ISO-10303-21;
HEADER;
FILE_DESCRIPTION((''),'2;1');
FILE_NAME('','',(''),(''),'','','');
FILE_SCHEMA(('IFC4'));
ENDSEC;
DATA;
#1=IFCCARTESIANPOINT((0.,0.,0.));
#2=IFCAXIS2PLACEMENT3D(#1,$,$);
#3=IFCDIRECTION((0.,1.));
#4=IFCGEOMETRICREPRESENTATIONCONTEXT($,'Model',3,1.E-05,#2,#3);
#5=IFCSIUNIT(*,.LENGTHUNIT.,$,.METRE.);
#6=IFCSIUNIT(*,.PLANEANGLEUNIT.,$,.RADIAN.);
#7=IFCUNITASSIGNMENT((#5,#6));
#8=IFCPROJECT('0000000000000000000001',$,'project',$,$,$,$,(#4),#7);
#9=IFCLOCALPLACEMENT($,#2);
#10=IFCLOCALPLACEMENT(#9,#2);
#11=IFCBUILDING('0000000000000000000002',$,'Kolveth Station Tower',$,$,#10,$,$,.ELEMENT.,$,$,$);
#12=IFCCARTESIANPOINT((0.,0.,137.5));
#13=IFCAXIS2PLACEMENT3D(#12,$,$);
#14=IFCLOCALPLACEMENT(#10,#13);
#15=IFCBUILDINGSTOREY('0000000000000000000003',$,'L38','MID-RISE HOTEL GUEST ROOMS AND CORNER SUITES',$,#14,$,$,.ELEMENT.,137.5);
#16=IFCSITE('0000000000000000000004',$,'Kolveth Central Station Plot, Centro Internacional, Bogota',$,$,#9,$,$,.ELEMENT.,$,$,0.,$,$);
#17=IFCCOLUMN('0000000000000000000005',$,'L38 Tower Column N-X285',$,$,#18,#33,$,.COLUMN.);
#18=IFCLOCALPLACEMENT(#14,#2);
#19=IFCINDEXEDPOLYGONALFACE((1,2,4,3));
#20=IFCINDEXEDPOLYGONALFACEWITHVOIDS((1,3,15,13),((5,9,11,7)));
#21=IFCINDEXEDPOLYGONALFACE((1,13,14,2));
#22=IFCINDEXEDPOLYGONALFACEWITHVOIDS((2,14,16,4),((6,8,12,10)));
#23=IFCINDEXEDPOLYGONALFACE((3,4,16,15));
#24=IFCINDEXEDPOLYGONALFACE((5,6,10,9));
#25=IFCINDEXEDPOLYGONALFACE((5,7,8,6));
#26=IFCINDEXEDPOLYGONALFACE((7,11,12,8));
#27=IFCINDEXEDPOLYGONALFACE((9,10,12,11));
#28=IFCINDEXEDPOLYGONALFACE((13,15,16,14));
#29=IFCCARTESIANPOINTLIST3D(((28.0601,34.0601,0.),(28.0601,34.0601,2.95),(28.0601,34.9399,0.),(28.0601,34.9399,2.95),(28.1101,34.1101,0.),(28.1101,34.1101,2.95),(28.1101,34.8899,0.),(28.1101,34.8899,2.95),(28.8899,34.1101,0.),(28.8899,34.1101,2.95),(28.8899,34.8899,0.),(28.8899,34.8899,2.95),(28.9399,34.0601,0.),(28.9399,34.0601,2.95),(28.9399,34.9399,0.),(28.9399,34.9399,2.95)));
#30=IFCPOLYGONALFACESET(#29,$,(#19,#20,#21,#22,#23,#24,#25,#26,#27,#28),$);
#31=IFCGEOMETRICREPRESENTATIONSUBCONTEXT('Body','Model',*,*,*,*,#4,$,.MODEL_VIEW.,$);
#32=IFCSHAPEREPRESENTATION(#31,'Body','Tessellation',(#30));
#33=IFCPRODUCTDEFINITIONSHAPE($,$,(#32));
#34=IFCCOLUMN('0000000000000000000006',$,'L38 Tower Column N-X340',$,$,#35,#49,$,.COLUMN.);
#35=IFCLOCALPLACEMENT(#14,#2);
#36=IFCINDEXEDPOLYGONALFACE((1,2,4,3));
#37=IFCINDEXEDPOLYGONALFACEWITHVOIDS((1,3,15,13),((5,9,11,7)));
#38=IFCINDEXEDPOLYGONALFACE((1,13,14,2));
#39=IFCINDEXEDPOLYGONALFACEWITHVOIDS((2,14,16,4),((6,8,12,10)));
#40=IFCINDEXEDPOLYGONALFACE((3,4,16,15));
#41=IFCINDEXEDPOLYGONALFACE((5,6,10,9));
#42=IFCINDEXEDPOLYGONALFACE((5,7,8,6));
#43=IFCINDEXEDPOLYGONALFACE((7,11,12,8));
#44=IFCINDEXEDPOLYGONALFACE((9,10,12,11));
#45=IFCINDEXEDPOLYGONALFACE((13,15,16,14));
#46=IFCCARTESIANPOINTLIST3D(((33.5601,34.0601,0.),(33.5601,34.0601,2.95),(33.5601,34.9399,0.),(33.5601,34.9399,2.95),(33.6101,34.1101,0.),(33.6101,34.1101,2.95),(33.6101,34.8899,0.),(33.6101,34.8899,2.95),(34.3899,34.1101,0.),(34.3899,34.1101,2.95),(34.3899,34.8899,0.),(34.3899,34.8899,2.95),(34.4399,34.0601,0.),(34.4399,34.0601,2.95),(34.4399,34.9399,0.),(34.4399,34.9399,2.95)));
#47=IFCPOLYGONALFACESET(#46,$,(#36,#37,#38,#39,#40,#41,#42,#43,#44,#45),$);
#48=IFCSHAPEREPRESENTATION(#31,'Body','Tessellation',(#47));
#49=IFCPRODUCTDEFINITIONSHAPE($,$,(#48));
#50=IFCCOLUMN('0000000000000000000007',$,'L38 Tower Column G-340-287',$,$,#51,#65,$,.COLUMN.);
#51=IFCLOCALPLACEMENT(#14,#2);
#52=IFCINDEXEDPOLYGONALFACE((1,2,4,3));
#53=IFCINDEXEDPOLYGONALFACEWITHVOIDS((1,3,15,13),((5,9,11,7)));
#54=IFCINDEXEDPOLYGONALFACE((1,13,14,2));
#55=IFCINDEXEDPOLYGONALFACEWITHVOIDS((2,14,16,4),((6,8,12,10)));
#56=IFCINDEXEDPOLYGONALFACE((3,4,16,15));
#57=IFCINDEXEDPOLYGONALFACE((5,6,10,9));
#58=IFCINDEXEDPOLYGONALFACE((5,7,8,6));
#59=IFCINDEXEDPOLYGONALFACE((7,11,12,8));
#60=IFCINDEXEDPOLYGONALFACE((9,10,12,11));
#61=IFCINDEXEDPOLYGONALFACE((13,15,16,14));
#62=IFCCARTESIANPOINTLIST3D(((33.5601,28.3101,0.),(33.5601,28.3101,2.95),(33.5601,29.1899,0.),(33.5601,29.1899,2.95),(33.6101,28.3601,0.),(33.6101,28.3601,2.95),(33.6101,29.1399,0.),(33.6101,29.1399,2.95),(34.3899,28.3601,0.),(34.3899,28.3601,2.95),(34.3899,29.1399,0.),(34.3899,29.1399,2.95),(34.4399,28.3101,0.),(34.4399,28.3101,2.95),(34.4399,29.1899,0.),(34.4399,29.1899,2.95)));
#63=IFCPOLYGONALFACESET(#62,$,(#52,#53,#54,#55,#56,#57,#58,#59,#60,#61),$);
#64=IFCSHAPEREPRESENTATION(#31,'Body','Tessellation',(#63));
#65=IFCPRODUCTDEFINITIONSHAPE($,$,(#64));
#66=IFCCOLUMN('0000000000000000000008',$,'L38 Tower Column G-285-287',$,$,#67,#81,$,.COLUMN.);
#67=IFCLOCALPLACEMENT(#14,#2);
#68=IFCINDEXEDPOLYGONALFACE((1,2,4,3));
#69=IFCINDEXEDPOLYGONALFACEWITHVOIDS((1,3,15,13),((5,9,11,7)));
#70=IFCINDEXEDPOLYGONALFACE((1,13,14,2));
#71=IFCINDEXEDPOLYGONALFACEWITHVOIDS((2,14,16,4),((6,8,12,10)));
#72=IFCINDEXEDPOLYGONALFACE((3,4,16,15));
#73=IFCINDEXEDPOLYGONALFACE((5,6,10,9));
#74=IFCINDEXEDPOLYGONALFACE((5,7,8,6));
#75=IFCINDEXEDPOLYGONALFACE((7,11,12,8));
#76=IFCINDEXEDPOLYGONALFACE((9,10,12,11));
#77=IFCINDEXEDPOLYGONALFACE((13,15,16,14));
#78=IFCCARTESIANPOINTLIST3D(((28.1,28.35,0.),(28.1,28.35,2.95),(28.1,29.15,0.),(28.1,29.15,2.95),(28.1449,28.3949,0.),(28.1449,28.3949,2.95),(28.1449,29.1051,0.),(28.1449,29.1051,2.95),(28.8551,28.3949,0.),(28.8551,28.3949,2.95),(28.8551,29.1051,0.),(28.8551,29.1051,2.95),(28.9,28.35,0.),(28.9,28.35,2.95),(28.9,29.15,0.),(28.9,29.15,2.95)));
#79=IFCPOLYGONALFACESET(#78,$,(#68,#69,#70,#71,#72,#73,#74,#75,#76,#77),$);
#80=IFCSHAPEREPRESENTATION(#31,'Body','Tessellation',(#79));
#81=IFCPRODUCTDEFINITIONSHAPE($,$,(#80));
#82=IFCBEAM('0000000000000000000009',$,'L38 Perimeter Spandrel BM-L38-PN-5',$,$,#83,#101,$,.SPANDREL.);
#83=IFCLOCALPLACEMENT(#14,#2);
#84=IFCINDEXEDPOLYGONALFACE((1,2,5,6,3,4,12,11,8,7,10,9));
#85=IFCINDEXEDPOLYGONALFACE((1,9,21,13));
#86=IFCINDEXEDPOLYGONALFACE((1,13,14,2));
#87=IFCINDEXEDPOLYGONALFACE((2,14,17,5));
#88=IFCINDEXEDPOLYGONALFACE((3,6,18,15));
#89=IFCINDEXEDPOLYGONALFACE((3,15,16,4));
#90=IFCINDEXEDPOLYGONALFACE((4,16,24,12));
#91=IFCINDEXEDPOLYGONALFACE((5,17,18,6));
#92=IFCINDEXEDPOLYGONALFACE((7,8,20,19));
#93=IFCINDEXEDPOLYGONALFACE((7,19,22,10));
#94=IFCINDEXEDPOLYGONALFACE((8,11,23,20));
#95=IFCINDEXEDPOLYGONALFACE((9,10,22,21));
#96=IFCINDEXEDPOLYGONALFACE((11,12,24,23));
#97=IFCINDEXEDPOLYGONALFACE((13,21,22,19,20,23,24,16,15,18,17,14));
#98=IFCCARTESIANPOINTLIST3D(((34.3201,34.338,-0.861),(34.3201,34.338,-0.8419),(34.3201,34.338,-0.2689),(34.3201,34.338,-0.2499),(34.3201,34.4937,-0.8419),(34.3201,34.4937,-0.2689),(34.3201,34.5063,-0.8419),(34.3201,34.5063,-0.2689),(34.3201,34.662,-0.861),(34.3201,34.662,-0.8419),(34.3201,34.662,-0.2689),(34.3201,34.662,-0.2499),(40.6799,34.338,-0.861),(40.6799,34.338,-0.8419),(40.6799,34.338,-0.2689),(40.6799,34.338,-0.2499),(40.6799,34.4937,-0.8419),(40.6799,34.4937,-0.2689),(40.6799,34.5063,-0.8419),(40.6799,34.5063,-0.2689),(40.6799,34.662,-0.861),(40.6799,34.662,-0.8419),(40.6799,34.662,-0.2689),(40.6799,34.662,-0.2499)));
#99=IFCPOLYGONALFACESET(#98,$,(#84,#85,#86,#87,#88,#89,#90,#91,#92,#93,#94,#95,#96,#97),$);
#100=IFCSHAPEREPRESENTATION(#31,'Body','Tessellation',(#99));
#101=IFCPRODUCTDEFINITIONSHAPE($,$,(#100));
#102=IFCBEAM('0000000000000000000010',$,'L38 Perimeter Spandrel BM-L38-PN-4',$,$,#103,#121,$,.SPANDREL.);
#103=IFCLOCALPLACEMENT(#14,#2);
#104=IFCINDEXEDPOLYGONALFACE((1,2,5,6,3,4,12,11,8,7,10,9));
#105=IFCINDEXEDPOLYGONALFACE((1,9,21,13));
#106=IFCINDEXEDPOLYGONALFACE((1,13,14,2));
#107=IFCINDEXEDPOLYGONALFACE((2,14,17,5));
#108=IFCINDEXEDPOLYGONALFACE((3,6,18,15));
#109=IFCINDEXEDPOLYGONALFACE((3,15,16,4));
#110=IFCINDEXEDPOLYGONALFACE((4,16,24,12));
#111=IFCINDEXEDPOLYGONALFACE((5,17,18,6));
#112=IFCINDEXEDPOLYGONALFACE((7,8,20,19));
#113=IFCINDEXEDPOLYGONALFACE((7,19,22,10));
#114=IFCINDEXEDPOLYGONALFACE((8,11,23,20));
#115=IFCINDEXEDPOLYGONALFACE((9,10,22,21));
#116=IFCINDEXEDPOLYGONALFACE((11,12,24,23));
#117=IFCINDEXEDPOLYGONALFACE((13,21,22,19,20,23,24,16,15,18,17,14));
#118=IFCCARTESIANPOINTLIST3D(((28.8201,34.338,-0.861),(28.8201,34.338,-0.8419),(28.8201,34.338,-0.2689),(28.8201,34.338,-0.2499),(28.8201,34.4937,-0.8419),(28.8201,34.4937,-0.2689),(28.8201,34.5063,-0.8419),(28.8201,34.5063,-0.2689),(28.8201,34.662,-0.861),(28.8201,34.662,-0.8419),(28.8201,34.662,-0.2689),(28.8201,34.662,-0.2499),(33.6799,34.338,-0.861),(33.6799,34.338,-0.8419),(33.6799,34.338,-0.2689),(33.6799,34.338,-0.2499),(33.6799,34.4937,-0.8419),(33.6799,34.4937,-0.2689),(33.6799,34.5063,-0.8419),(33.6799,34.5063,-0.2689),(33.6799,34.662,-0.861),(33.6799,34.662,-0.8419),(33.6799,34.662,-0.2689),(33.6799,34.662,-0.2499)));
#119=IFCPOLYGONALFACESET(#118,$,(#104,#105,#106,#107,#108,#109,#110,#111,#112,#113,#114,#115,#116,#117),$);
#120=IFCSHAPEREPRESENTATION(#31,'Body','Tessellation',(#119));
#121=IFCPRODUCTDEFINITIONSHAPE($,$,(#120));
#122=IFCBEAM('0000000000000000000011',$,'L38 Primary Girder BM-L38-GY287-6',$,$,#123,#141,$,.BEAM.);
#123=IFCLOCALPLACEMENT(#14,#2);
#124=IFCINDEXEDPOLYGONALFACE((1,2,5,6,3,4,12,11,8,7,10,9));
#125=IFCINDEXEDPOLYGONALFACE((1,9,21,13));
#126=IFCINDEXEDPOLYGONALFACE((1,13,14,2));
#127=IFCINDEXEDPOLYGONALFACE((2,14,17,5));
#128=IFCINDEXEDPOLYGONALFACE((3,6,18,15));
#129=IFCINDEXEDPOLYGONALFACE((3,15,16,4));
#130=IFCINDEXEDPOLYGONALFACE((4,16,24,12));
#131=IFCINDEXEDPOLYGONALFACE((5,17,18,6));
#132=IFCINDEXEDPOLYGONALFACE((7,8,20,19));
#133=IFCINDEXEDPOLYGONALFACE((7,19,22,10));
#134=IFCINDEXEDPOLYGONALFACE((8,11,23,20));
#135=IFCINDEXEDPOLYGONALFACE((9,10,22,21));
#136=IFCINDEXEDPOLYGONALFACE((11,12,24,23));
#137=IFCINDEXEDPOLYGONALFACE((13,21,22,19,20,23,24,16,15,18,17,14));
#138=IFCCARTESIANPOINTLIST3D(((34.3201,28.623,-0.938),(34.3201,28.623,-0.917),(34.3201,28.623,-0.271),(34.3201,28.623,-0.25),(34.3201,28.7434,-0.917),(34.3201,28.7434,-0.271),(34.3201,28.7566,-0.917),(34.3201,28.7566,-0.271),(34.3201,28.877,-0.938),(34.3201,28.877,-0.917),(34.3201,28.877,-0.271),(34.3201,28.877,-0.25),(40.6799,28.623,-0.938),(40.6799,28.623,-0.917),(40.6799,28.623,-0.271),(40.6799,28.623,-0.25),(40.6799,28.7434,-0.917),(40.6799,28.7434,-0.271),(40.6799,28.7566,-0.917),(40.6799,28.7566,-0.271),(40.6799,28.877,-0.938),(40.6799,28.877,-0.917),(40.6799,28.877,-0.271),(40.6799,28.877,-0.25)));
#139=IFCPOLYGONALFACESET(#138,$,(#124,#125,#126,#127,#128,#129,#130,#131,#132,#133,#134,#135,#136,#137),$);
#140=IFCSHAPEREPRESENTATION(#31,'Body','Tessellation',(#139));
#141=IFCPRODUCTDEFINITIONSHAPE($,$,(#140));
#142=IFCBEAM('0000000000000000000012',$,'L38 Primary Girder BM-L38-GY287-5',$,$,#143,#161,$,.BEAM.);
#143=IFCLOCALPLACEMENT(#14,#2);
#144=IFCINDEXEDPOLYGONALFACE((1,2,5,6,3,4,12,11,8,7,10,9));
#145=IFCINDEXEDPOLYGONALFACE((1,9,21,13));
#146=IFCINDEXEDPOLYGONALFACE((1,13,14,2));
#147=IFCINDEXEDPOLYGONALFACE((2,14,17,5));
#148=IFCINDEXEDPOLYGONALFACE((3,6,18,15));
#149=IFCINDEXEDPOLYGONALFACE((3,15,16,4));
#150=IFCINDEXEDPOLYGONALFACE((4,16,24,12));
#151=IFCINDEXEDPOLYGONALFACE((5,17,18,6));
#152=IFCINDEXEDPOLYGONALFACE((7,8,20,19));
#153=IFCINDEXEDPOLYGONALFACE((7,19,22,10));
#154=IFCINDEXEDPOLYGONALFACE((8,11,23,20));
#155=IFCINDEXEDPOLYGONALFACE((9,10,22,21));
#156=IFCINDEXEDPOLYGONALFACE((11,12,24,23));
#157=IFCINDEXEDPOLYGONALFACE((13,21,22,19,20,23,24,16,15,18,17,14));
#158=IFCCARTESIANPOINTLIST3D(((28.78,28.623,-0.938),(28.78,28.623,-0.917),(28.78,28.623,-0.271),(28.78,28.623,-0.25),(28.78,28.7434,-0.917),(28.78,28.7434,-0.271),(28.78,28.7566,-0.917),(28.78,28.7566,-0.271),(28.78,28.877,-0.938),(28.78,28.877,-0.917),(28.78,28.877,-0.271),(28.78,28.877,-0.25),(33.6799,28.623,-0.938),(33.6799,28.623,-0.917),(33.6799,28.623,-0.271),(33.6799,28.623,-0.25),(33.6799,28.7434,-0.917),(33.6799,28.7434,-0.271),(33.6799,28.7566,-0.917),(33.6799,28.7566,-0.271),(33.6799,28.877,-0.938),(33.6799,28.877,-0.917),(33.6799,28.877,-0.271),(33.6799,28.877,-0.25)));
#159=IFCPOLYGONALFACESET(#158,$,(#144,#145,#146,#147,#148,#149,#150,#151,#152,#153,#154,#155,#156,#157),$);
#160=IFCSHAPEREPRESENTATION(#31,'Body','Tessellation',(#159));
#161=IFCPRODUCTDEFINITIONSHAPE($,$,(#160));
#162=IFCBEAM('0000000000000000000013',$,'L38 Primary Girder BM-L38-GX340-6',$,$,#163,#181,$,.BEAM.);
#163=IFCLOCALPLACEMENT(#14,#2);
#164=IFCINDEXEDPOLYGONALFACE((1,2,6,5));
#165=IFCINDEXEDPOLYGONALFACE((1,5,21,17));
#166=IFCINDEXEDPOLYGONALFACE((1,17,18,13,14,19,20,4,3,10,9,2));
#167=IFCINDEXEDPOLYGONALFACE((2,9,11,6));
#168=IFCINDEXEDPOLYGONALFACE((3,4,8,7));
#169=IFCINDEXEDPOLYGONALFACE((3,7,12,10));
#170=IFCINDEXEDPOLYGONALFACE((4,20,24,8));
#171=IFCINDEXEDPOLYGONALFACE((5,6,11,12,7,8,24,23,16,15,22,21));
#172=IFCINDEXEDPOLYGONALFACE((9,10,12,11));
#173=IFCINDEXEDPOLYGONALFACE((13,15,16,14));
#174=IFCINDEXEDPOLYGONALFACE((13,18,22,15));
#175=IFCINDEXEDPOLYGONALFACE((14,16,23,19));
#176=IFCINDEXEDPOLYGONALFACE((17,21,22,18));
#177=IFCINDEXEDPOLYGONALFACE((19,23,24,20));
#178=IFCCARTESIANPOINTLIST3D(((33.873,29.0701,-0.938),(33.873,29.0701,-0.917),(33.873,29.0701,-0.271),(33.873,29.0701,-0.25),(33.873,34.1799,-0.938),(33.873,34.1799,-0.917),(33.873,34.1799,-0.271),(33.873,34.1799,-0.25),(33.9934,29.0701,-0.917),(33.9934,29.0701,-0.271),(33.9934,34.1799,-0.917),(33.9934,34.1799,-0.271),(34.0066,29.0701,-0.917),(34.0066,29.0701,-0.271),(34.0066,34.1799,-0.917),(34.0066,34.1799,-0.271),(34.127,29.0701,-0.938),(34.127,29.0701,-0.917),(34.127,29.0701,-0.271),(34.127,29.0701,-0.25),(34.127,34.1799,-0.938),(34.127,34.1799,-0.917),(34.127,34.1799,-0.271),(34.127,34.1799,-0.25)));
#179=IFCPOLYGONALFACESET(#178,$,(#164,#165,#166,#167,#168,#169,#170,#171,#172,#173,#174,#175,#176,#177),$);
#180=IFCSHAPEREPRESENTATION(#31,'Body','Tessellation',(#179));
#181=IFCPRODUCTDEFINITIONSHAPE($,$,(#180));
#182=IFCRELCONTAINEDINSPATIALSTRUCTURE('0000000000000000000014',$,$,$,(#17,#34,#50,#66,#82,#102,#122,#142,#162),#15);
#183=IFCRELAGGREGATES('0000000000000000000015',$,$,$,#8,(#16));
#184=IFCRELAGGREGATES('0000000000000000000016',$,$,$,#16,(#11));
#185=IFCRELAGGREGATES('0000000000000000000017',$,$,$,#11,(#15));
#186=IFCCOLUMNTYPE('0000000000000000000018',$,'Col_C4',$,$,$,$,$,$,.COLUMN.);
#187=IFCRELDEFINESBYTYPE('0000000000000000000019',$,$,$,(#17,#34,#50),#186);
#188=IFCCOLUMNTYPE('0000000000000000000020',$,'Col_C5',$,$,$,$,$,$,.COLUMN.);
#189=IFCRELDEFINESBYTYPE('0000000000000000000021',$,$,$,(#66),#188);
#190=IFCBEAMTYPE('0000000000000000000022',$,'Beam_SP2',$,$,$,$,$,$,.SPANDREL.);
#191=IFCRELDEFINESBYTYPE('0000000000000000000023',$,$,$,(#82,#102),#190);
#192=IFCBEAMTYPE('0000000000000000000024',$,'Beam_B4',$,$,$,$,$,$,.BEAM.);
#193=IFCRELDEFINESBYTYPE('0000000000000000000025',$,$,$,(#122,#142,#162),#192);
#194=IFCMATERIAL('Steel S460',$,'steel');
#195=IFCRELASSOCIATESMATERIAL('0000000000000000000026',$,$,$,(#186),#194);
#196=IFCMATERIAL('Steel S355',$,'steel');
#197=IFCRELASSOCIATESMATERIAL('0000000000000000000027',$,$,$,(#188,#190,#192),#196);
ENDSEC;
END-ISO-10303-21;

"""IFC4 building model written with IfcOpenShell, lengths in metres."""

from ifc_helpers import new_model, si_unit, direction, frame, origin, origin_2d, place, context, subcontext, project, spatial, hollow_rectangle, i_section, extrude, source, transform, mapped, material, material_profile, profile_set, type_object, element, save


model = new_model("IFC4")

# Units and contexts
model_context = context("Model", 3, precision=1e-05, world=origin(), true_north=direction((0.0, 1.0)))
body_context = subcontext(model_context, "Body", "Model", "MODEL_VIEW")
ifc_project = project(units=[si_unit("LENGTHUNIT", "METRE"), si_unit("PLANEANGLEUNIT", "RADIAN")], contexts=[model_context])

# Site, building, storey
site_placement = place(None, origin())
site = spatial("IfcSite", under=ifc_project, at=site_placement, Name="Kolveth Central Station Plot, Centro Internacional, Bogota", CompositionType="ELEMENT", RefElevation=0.0)
building_placement = place(site_placement, origin())
building = spatial("IfcBuilding", under=site, at=building_placement, Name="Kolveth Station Tower", CompositionType="ELEMENT")
storey_placement = place(building_placement, frame((0.0, 0.0, 137.5)))
storey = spatial("IfcBuildingStorey", under=building, at=storey_placement, Name="L38", Description="MID-RISE HOTEL GUEST ROOMS AND CORNER SUITES", CompositionType="ELEMENT", Elevation=137.5)

# Columns
ifc_material_1 = material(Name="Steel S460", Category="steel")
ifc_material_profile_1 = material_profile(ifc_material_1, hollow_rectangle(XDim=0.8799, YDim=0.8799, WallThickness=0.05, at=origin_2d()), Name="BOX880x880x50")
ifc_profile_set_1 = profile_set([ifc_material_profile_1], Name="Steel S460")
column_type_1 = type_object("IfcColumnType", Name="Col_C4", PredefinedType="COLUMN", material=ifc_profile_set_1)
shared_shape_1 = source(origin(), body_context, "Body", "SweptSolid", [
    extrude(hollow_rectangle(XDim=0.8799, YDim=0.8799, WallThickness=0.05, at=origin_2d()), origin(), (0.0, 0.0, 1.0), 2.95),
])
for number, where, z_axis, x_axis, name in (
    (1, (28.5, 34.5, 0.0), (0.0, 0.0, 1.0), (1.0, 0.0, 0.0), "L38 Tower Column N-X285"),
    (2, (34.0, 34.5, 0.0), (0.0, 0.0, 1.0), (1.0, 0.0, 0.0), "L38 Tower Column N-X340"),
    (3, (34.0, 28.75, 0.0), (0.0, 0.0, 1.0), (1.0, 0.0, 0.0), "L38 Tower Column G-340-287"),
):
    element("IfcColumn", number, at=place(storey_placement, frame(where, z_axis=z_axis, x_axis=x_axis)), inside=storey, type_object=column_type_1, Name=name, PredefinedType="COLUMN", context=body_context, shape_type="MappedRepresentation", body=[
        mapped(shared_shape_1, transform((0.0, 0.0, 0.0), x_axis=(1.0, 0.0, 0.0), y_axis=(0.0, 1.0, 0.0), z_axis=(0.0, 0.0, 1.0), scale=1.0)),
    ])
ifc_material_2 = material(Name="Steel S355", Category="steel")
ifc_material_profile_2 = material_profile(ifc_material_2, hollow_rectangle(XDim=0.8, YDim=0.8, WallThickness=0.0449, at=origin_2d()), Name="BOX800x800x45")
ifc_profile_set_2 = profile_set([ifc_material_profile_2], Name="Steel S355")
column_type_2 = type_object("IfcColumnType", Name="Col_C5", PredefinedType="COLUMN", material=ifc_profile_set_2)
shared_shape_2 = source(origin(), body_context, "Body", "SweptSolid", [
    extrude(hollow_rectangle(XDim=0.8, YDim=0.8, WallThickness=0.0449, at=origin_2d()), origin(), (0.0, 0.0, 1.0), 2.95),
])
column_placement = place(storey_placement, frame((28.5, 28.75, 0.0), z_axis=(0.0, 0.0, 1.0), x_axis=(1.0, 0.0, 0.0)))
element("IfcColumn", 4, at=column_placement, inside=storey, type_object=column_type_2, Name="L38 Tower Column G-285-287", PredefinedType="COLUMN", context=body_context, shape_type="MappedRepresentation", body=[
    mapped(shared_shape_2, transform((0.0, 0.0, 0.0), x_axis=(1.0, 0.0, 0.0), y_axis=(0.0, 1.0, 0.0), z_axis=(0.0, 0.0, 1.0), scale=1.0)),
])

# Beams
ifc_material_profile_3 = material_profile(ifc_material_2, i_section(OverallWidth=0.324, OverallDepth=0.6111, WebThickness=0.0127, FlangeThickness=0.019, at=origin_2d()), Name="W610x155")
ifc_profile_set_3 = profile_set([ifc_material_profile_3], Name="Steel S355")
beam_type_1 = type_object("IfcBeamType", Name="Beam_SP2", PredefinedType="SPANDREL", material=ifc_profile_set_3)
shared_shape_3 = source(origin(), body_context, "Body", "SweptSolid", [
    extrude(i_section(OverallWidth=0.324, OverallDepth=0.6111, WebThickness=0.0127, FlangeThickness=0.019, at=origin_2d()), origin(), (0.0, 0.0, 1.0), 6.3599),
])
beam_1_placement = place(storey_placement, frame((34.3201, 34.5, -0.5554), z_axis=(1.0, 0.0, 0.0), x_axis=(0.0, 1.0, 0.0)))
element("IfcBeam", 5, at=beam_1_placement, inside=storey, type_object=beam_type_1, Name="L38 Perimeter Spandrel BM-L38-PN-5", PredefinedType="SPANDREL", context=body_context, shape_type="MappedRepresentation", body=[
    mapped(shared_shape_3, transform((0.0, 0.0, 0.0), x_axis=(1.0, 0.0, 0.0), y_axis=(0.0, 1.0, 0.0), z_axis=(0.0, 0.0, 1.0), scale=1.0)),
])
shared_shape_4 = source(origin(), body_context, "Body", "SweptSolid", [
    extrude(i_section(OverallWidth=0.324, OverallDepth=0.6111, WebThickness=0.0127, FlangeThickness=0.019, at=origin_2d()), origin(), (0.0, 0.0, 1.0), 4.8599),
])
beam_2_placement = place(storey_placement, frame((28.8201, 34.5, -0.5554), z_axis=(1.0, 0.0, 0.0), x_axis=(0.0, 1.0, 0.0)))
element("IfcBeam", 6, at=beam_2_placement, inside=storey, type_object=beam_type_1, Name="L38 Perimeter Spandrel BM-L38-PN-4", PredefinedType="SPANDREL", context=body_context, shape_type="MappedRepresentation", body=[
    mapped(shared_shape_4, transform((0.0, 0.0, 0.0), x_axis=(1.0, 0.0, 0.0), y_axis=(0.0, 1.0, 0.0), z_axis=(0.0, 0.0, 1.0), scale=1.0)),
])
ifc_material_profile_4 = material_profile(ifc_material_2, i_section(OverallWidth=0.2539, OverallDepth=0.688, WebThickness=0.0132, FlangeThickness=0.021, at=origin_2d()), Name="W690x152")
ifc_profile_set_4 = profile_set([ifc_material_profile_4], Name="Steel S355")
beam_type_2 = type_object("IfcBeamType", Name="Beam_B4", PredefinedType="BEAM", material=ifc_profile_set_4)
shared_shape_5 = source(origin(), body_context, "Body", "SweptSolid", [
    extrude(i_section(OverallWidth=0.2539, OverallDepth=0.688, WebThickness=0.0132, FlangeThickness=0.021, at=origin_2d()), origin(), (0.0, 0.0, 1.0), 6.3599),
])
beam_3_placement = place(storey_placement, frame((34.3201, 28.75, -0.594), z_axis=(1.0, 0.0, 0.0), x_axis=(0.0, 1.0, 0.0)))
element("IfcBeam", 7, at=beam_3_placement, inside=storey, type_object=beam_type_2, Name="L38 Primary Girder BM-L38-GY287-6", PredefinedType="BEAM", context=body_context, shape_type="MappedRepresentation", body=[
    mapped(shared_shape_5, transform((0.0, 0.0, 0.0), x_axis=(1.0, 0.0, 0.0), y_axis=(0.0, 1.0, 0.0), z_axis=(0.0, 0.0, 1.0), scale=1.0)),
])
shared_shape_6 = source(origin(), body_context, "Body", "SweptSolid", [
    extrude(i_section(OverallWidth=0.2539, OverallDepth=0.688, WebThickness=0.0132, FlangeThickness=0.021, at=origin_2d()), origin(), (0.0, 0.0, 1.0), 4.8999),
])
beam_4_placement = place(storey_placement, frame((28.78, 28.75, -0.594), z_axis=(1.0, 0.0, 0.0), x_axis=(0.0, 1.0, 0.0)))
element("IfcBeam", 8, at=beam_4_placement, inside=storey, type_object=beam_type_2, Name="L38 Primary Girder BM-L38-GY287-5", PredefinedType="BEAM", context=body_context, shape_type="MappedRepresentation", body=[
    mapped(shared_shape_6, transform((0.0, 0.0, 0.0), x_axis=(1.0, 0.0, 0.0), y_axis=(0.0, 1.0, 0.0), z_axis=(0.0, 0.0, 1.0), scale=1.0)),
])
shared_shape_7 = source(origin(), body_context, "Body", "SweptSolid", [
    extrude(i_section(OverallWidth=0.2539, OverallDepth=0.688, WebThickness=0.0132, FlangeThickness=0.021, at=origin_2d()), origin(), (0.0, 0.0, 1.0), 5.1099),
])
beam_5_placement = place(storey_placement, frame((34.0, 29.0701, -0.594), z_axis=(0.0, 1.0, 0.0), x_axis=(-1.0, 0.0, 0.0)))
element("IfcBeam", 9, at=beam_5_placement, inside=storey, type_object=beam_type_2, Name="L38 Primary Girder BM-L38-GX340-6", PredefinedType="BEAM", context=body_context, shape_type="MappedRepresentation", body=[
    mapped(shared_shape_7, transform((0.0, 0.0, 0.0), x_axis=(1.0, 0.0, 0.0), y_axis=(0.0, 1.0, 0.0), z_axis=(0.0, 0.0, 1.0), scale=1.0)),
])

save(model, "model.ifc")
